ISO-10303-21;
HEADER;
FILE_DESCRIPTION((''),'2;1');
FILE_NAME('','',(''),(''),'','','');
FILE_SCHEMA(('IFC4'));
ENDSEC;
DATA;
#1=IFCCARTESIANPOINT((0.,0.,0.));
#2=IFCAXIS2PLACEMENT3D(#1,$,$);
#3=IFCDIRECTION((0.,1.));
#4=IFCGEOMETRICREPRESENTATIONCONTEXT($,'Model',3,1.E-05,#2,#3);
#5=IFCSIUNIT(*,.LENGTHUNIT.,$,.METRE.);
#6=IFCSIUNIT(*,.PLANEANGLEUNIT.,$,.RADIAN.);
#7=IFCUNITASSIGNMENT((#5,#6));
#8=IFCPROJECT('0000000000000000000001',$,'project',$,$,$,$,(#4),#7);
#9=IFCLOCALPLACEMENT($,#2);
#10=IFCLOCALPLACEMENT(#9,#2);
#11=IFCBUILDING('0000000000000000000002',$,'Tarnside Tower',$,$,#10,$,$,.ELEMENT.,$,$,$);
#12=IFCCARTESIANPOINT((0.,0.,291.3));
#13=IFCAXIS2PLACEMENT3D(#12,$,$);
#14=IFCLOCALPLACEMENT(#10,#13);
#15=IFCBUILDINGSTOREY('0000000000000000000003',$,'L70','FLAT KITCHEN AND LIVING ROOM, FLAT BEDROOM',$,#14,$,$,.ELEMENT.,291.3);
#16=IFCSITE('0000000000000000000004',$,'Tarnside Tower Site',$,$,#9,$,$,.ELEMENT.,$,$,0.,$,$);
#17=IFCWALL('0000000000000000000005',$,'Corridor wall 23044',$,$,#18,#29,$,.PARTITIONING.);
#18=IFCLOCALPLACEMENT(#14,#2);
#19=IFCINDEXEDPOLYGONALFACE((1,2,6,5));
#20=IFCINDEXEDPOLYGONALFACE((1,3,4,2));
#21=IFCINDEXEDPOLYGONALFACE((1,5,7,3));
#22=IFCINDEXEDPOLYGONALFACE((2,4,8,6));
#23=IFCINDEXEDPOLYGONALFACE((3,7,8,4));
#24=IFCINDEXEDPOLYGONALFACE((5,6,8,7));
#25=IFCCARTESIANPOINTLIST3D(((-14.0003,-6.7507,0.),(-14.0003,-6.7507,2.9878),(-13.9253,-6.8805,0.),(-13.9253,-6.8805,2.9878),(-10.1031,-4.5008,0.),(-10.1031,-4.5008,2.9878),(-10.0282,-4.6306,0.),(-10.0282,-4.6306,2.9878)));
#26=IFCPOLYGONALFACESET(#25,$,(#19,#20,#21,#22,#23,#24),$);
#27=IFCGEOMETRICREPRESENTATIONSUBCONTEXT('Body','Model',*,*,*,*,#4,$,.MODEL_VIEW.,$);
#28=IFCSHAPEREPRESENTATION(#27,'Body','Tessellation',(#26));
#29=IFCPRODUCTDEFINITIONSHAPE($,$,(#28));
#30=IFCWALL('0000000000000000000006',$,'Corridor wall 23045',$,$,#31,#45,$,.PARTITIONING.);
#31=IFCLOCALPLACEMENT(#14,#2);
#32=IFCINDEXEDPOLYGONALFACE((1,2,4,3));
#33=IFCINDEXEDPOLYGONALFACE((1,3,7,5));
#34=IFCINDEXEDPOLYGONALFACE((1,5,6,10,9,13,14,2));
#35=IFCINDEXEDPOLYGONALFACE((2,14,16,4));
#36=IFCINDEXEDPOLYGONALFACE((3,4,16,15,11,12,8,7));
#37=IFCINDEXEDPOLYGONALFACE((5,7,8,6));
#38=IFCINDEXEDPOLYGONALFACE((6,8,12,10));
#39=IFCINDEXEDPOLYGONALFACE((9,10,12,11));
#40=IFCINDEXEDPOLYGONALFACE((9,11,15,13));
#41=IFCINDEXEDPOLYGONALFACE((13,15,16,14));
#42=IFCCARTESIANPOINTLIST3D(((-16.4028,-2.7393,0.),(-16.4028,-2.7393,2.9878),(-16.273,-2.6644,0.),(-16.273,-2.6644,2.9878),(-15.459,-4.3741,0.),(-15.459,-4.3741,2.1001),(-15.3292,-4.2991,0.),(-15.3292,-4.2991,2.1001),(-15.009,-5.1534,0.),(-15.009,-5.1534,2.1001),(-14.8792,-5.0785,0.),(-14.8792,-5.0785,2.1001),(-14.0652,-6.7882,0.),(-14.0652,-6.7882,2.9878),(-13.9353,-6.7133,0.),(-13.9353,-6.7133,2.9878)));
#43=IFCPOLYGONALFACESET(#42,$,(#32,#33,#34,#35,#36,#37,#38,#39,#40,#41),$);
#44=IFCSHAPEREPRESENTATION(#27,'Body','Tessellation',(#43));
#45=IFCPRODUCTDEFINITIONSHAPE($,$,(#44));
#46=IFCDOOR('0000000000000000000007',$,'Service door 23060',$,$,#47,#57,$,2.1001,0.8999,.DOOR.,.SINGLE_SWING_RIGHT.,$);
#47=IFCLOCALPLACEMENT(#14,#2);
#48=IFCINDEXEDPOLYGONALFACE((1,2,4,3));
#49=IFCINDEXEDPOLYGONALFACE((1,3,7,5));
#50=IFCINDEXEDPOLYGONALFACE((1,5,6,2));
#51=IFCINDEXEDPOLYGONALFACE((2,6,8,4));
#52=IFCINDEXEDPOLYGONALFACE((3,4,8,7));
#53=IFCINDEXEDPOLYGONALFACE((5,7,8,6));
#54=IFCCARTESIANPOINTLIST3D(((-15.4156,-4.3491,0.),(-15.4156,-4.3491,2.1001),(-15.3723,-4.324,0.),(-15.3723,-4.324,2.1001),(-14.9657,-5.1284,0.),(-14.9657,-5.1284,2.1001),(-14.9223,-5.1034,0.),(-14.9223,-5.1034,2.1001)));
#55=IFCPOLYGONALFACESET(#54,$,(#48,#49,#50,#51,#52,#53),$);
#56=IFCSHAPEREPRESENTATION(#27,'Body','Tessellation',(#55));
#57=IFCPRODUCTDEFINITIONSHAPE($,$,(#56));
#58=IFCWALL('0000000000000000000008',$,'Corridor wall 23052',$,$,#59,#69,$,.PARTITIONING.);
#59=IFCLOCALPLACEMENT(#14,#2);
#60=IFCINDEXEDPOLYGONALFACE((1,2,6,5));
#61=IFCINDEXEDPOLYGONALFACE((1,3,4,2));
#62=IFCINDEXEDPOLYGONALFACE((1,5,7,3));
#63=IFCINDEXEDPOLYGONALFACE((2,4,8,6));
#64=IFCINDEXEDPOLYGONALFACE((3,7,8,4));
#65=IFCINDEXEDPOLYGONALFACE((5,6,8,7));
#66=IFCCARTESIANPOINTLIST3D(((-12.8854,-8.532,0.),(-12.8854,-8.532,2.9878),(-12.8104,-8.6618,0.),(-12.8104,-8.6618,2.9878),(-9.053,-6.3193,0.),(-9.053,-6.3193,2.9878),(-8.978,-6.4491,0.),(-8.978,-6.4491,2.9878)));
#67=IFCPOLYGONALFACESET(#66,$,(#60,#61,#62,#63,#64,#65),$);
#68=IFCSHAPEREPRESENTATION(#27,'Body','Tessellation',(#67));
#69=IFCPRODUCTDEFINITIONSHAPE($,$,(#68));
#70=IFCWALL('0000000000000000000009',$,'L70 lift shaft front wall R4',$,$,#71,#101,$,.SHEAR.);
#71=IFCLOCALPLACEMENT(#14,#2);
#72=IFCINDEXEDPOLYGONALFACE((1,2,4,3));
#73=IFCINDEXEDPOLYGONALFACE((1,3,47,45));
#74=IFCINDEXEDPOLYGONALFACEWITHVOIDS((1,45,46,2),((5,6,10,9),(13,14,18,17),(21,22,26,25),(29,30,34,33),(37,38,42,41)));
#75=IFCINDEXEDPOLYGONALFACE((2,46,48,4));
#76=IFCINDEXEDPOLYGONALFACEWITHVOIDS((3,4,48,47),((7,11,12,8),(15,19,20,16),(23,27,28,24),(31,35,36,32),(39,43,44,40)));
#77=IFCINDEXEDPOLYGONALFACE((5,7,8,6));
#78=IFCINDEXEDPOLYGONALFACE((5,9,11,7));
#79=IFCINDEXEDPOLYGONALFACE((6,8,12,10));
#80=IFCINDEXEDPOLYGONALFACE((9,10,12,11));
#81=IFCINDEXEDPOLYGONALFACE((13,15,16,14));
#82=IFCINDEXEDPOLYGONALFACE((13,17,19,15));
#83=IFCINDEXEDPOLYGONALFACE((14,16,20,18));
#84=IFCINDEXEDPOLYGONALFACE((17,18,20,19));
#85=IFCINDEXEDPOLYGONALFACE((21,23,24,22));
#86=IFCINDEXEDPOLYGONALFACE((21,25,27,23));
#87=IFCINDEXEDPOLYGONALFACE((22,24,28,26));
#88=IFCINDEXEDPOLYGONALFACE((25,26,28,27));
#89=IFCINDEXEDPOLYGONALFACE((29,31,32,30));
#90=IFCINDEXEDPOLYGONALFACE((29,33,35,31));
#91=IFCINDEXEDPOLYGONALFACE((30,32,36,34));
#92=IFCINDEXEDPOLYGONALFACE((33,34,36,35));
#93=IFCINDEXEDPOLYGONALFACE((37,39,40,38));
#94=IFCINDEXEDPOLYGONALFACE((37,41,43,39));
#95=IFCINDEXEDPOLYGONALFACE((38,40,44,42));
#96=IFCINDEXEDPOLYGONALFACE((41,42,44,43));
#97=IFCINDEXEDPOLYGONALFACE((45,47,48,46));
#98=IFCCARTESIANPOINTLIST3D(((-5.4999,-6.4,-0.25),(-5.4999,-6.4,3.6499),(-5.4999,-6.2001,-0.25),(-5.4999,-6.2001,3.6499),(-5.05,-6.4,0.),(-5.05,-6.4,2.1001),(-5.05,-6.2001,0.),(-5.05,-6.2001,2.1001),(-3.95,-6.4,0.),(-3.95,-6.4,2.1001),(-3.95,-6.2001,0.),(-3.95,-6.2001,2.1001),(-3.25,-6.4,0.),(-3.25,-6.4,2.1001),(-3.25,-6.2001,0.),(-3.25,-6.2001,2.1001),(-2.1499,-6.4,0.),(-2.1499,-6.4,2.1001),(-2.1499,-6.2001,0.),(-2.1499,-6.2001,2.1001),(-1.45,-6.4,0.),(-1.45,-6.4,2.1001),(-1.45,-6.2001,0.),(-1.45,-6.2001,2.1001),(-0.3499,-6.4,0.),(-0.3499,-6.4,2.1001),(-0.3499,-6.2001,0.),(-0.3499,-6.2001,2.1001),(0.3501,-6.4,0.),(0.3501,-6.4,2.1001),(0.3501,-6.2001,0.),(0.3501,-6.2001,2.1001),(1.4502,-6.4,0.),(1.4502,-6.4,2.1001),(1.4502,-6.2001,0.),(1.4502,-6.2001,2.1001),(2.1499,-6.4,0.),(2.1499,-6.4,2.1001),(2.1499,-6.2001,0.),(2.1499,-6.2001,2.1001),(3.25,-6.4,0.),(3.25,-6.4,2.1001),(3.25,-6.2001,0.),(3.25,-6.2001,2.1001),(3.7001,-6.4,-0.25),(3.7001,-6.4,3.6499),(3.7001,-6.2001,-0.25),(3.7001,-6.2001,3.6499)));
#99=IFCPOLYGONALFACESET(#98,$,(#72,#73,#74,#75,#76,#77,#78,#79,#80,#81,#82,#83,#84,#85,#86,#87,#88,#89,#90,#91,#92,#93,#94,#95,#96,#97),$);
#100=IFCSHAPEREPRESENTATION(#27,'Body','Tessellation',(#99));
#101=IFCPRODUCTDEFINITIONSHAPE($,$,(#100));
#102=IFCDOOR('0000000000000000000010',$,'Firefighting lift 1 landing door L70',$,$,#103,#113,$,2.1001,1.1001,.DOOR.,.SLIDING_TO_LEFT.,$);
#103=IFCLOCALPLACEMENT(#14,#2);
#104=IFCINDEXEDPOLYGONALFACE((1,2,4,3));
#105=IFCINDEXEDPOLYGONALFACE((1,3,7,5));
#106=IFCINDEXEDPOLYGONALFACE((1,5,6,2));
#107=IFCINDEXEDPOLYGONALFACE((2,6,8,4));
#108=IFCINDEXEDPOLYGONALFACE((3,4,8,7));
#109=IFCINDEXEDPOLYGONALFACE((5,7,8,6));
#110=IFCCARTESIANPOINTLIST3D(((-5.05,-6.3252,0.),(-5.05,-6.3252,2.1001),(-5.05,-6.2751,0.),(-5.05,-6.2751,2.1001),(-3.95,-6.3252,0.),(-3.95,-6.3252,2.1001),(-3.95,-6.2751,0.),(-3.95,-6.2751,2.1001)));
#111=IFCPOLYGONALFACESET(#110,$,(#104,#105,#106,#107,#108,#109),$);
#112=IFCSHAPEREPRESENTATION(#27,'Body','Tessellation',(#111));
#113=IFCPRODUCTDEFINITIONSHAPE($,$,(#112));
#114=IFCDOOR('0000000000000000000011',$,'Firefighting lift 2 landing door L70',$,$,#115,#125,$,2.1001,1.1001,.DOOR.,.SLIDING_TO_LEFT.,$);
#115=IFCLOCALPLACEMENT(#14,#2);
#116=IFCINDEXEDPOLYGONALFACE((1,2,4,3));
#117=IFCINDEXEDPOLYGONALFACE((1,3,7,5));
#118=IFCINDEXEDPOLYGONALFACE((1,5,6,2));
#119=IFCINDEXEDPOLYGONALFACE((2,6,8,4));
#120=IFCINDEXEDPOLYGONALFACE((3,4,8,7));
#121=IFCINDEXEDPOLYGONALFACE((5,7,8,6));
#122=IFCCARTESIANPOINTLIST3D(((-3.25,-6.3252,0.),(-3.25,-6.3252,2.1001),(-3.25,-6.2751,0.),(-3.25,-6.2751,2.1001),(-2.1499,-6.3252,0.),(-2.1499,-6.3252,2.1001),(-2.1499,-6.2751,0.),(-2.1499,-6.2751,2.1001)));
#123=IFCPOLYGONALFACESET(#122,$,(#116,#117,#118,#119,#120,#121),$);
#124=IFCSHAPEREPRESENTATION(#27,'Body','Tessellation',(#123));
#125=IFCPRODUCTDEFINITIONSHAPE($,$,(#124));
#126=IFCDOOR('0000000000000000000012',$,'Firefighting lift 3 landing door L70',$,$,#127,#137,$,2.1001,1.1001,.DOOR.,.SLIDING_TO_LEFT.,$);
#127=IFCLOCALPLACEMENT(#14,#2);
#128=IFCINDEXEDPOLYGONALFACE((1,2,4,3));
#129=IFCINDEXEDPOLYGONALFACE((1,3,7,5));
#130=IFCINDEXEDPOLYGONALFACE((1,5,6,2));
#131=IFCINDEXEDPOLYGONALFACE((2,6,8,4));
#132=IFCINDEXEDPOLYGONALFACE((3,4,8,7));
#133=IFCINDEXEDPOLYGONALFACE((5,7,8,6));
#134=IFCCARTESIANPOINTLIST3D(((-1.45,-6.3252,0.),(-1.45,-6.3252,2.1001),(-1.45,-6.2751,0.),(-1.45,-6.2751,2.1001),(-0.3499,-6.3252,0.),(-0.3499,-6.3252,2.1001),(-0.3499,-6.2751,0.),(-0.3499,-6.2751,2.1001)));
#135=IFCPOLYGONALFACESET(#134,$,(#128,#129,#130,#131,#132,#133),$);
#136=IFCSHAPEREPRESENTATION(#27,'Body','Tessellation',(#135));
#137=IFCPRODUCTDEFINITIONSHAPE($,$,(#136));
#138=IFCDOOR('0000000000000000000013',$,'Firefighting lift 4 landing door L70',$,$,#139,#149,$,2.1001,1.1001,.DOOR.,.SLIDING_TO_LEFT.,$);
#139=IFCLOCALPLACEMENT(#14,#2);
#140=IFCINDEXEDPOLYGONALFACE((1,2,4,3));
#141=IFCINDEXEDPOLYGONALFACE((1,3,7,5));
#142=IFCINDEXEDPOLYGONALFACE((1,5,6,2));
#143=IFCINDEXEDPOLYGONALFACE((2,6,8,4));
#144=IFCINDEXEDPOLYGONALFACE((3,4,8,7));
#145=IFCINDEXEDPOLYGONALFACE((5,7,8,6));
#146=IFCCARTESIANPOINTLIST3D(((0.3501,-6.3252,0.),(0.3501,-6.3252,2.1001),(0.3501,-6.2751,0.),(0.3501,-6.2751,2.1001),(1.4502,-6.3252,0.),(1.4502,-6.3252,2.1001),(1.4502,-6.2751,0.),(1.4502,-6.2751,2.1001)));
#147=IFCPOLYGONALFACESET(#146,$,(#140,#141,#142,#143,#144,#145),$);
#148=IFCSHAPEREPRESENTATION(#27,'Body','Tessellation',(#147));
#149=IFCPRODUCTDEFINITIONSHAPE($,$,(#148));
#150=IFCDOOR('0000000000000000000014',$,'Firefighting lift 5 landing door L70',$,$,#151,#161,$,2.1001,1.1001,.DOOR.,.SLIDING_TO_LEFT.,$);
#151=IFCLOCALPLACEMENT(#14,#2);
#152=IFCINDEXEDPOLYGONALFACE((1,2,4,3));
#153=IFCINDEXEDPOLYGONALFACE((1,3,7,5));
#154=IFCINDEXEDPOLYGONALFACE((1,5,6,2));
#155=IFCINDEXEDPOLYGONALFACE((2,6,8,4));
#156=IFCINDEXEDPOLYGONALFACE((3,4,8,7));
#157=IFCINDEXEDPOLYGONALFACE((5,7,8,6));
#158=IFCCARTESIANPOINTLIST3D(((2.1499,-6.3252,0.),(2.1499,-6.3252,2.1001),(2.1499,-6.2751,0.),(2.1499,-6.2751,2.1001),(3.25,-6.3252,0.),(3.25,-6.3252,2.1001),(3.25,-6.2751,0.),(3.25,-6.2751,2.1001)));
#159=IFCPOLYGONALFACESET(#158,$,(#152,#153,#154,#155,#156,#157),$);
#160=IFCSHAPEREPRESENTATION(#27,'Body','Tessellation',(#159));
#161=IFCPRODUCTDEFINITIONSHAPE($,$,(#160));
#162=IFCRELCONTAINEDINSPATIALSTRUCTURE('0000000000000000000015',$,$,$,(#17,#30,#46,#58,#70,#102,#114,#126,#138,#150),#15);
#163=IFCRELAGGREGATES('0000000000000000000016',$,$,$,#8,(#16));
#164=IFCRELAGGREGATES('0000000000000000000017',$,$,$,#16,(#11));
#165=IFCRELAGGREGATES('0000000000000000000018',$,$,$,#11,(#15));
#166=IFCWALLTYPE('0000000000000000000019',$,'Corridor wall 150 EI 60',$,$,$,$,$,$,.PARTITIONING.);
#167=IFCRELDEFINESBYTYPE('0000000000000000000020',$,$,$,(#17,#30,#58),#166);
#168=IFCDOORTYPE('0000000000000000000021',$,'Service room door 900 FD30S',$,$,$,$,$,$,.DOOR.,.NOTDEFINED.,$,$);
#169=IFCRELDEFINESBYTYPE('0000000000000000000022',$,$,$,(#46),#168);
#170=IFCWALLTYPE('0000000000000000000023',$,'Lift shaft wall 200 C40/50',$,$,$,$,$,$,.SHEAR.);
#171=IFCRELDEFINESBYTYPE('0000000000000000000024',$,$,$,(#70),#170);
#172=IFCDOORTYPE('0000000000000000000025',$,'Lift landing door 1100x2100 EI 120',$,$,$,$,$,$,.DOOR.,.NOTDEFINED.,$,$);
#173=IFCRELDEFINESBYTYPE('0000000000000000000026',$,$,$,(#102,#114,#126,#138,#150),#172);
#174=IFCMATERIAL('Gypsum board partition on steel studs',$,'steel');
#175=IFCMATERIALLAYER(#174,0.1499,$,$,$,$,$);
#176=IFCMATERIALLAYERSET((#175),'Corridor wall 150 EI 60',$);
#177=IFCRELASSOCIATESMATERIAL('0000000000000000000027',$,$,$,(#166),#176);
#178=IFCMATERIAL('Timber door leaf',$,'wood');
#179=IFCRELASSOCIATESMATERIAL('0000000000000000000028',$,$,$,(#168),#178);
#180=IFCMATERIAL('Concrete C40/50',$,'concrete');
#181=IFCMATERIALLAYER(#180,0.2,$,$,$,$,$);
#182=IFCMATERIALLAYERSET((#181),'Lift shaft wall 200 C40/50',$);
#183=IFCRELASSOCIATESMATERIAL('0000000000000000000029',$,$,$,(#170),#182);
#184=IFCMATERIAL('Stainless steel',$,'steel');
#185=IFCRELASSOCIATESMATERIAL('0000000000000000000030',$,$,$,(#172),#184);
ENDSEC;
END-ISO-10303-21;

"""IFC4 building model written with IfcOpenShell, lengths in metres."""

from ifc_helpers import new_model, si_unit, direction, frame, frame_2d, origin, place, context, subcontext, project, spatial, rectangle, extrude, material, layer, layer_set, type_object, element, fill, save


model = new_model("IFC4")

# Units and contexts
model_context = context("Model", 3, precision=1e-05, world=origin(), true_north=direction((0.0, 1.0)))
body_context = subcontext(model_context, "Body", "Model", "MODEL_VIEW")
ifc_project = project(units=[si_unit("LENGTHUNIT", "METRE"), si_unit("PLANEANGLEUNIT", "RADIAN")], contexts=[model_context])

# Site, building, storey
site_placement = place(None, origin())
site = spatial("IfcSite", under=ifc_project, at=site_placement, Name="Tarnside Tower Site", CompositionType="ELEMENT", RefElevation=0.0)
building_placement = place(site_placement, origin())
building = spatial("IfcBuilding", under=site, at=building_placement, Name="Tarnside Tower", CompositionType="ELEMENT")
storey_placement = place(building_placement, frame((0.0, 0.0, 291.3)))
storey = spatial("IfcBuildingStorey", under=building, at=storey_placement, Name="L70", Description="FLAT KITCHEN AND LIVING ROOM, FLAT BEDROOM", CompositionType="ELEMENT", Elevation=291.3)

# Wall
ifc_material_1 = material(Name="Gypsum board partition on steel studs", Category="steel")
ifc_layer_1 = layer(ifc_material_1, 0.1499)
ifc_layer_set_1 = layer_set([ifc_layer_1], Name="Corridor wall 150 EI 60")
wall_type_1 = type_object("IfcWallType", Name="Corridor wall 150 EI 60", PredefinedType="PARTITIONING", material=ifc_layer_set_1)
wall_1_placement = place(storey_placement, frame((-10.0657, -4.5657, 0.0), z_axis=(0.0, 0.0, 1.0), x_axis=(-0.866031, -0.49999, 0.0)))
element("IfcWall", 1, at=wall_1_placement, inside=storey, type_object=wall_type_1, Name="Corridor wall 23044", PredefinedType="PARTITIONING", context=body_context, shape_type="SweptSolid", body=[
    extrude(rectangle(XDim=4.5, YDim=0.1499, at=frame_2d((2.25, 0.0))), origin(), (0.0, 0.0, 1.0), 2.9878),
])

# Wall, opening, door
wall_2_placement = place(storey_placement, frame((-14.0002, -6.7507, 0.0), z_axis=(0.0, 0.0, 1.0), x_axis=(-0.500009, 0.86602, 0.0)))
wall_2 = element("IfcWall", 2, at=wall_2_placement, inside=storey, type_object=wall_type_1, Name="Corridor wall 23045", PredefinedType="PARTITIONING", context=body_context, shape_type="SweptSolid", body=[
    extrude(rectangle(XDim=4.6753, YDim=0.1499, at=frame_2d((2.3376, 0.0))), origin(), (0.0, 0.0, 1.0), 2.9878),
])
opening_1_placement = place(wall_2_placement, frame((1.8877, 0.0, 0.0)))
opening_1 = element("IfcOpeningElement", 3, at=opening_1_placement, cuts=wall_2, PredefinedType="OPENING", context=body_context, shape_type="SweptSolid", body=[
    extrude(rectangle(XDim=0.8999, YDim=2.1001, at=frame_2d((0.45, 1.05))), frame((0.0, 0.085, 0.0), z_axis=(0.0, -1.0, 0.0), x_axis=(1.0, 0.0, 0.0)), (0.0, 0.0, 1.0), 0.1699),
])
ifc_material_2 = material(Name="Timber door leaf", Category="wood")
door_type_1 = type_object("IfcDoorType", Name="Service room door 900 FD30S", OperationType="NOTDEFINED", PredefinedType="DOOR", material=ifc_material_2)
door_1_placement = place(opening_1_placement, origin())
door_1 = element("IfcDoor", 4, at=door_1_placement, inside=storey, type_object=door_type_1, Name="Service door 23060", OperationType="SINGLE_SWING_RIGHT", OverallHeight=2.1001, OverallWidth=0.8999, PredefinedType="DOOR", context=body_context, shape_type="SweptSolid", body=[
    extrude(rectangle(XDim=0.8999, YDim=2.1001, at=frame_2d((0.45, 1.05))), frame((0.0, 0.0249, 0.0), z_axis=(0.0, -1.0, 0.0), x_axis=(1.0, 0.0, 0.0)), (0.0, 0.0, 1.0), 0.05),
])
fill(opening_1, door_1)

# Wall
wall_3_placement = place(storey_placement, frame((-12.8479, -8.5969, 0.0), z_axis=(0.0, 0.0, 1.0), x_axis=(0.866017, 0.500014, 0.0)))
element("IfcWall", 5, at=wall_3_placement, inside=storey, type_object=wall_type_1, Name="Corridor wall 23052", PredefinedType="PARTITIONING", context=body_context, shape_type="SweptSolid", body=[
    extrude(rectangle(XDim=4.4253, YDim=0.1499, at=frame_2d((2.2126, 0.0))), origin(), (0.0, 0.0, 1.0), 2.9878),
])

# Wall, openings, doors
ifc_material_3 = material(Name="Concrete C40/50", Category="concrete")
ifc_layer_2 = layer(ifc_material_3, 0.2)
ifc_layer_set_2 = layer_set([ifc_layer_2], Name="Lift shaft wall 200 C40/50")
wall_type_2 = type_object("IfcWallType", Name="Lift shaft wall 200 C40/50", PredefinedType="SHEAR", material=ifc_layer_set_2)
wall_4_placement = place(storey_placement, frame((-5.5, -6.3, -0.25), z_axis=(0.0, 0.0, 1.0), x_axis=(1.0, 0.0, 0.0)))
wall_4 = element("IfcWall", 6, at=wall_4_placement, inside=storey, type_object=wall_type_2, Name="L70 lift shaft front wall R4", PredefinedType="SHEAR", context=body_context, shape_type="SweptSolid", body=[
    extrude(rectangle(XDim=9.2, YDim=0.2, at=frame_2d((4.6001, 0.0))), origin(), (0.0, 0.0, 1.0), 3.8999),
])
opening_2_placement = place(wall_4_placement, frame((0.45, 0.0, 0.25)))
opening_2 = element("IfcOpeningElement", 7, at=opening_2_placement, cuts=wall_4, PredefinedType="OPENING", context=body_context, shape_type="SweptSolid", body=[
    extrude(rectangle(XDim=1.1001, YDim=2.1001, at=frame_2d((0.55, 1.05))), frame((0.0, 0.1099, 0.0), z_axis=(0.0, -1.0, 0.0), x_axis=(1.0, 0.0, 0.0)), (0.0, 0.0, 1.0), 0.22),
])
opening_3_placement = place(wall_4_placement, frame((2.25, 0.0, 0.25)))
opening_3 = element("IfcOpeningElement", 8, at=opening_3_placement, cuts=wall_4, PredefinedType="OPENING", context=body_context, shape_type="SweptSolid", body=[
    extrude(rectangle(XDim=1.1001, YDim=2.1001, at=frame_2d((0.55, 1.05))), frame((0.0, 0.1099, 0.0), z_axis=(0.0, -1.0, 0.0), x_axis=(1.0, 0.0, 0.0)), (0.0, 0.0, 1.0), 0.22),
])
opening_4_placement = place(wall_4_placement, frame((4.05, 0.0, 0.25)))
opening_4 = element("IfcOpeningElement", 9, at=opening_4_placement, cuts=wall_4, PredefinedType="OPENING", context=body_context, shape_type="SweptSolid", body=[
    extrude(rectangle(XDim=1.1001, YDim=2.1001, at=frame_2d((0.55, 1.05))), frame((0.0, 0.1099, 0.0), z_axis=(0.0, -1.0, 0.0), x_axis=(1.0, 0.0, 0.0)), (0.0, 0.0, 1.0), 0.22),
])
opening_5_placement = place(wall_4_placement, frame((5.8501, 0.0, 0.25)))
opening_5 = element("IfcOpeningElement", 10, at=opening_5_placement, cuts=wall_4, PredefinedType="OPENING", context=body_context, shape_type="SweptSolid", body=[
    extrude(rectangle(XDim=1.1001, YDim=2.1001, at=frame_2d((0.55, 1.05))), frame((0.0, 0.1099, 0.0), z_axis=(0.0, -1.0, 0.0), x_axis=(1.0, 0.0, 0.0)), (0.0, 0.0, 1.0), 0.22),
])
opening_6_placement = place(wall_4_placement, frame((7.6499, 0.0, 0.25)))
opening_6 = element("IfcOpeningElement", 11, at=opening_6_placement, cuts=wall_4, PredefinedType="OPENING", context=body_context, shape_type="SweptSolid", body=[
    extrude(rectangle(XDim=1.1001, YDim=2.1001, at=frame_2d((0.55, 1.05))), frame((0.0, 0.1099, 0.0), z_axis=(0.0, -1.0, 0.0), x_axis=(1.0, 0.0, 0.0)), (0.0, 0.0, 1.0), 0.22),
])
ifc_material_4 = material(Name="Stainless steel", Category="steel")
door_type_2 = type_object("IfcDoorType", Name="Lift landing door 1100x2100 EI 120", OperationType="NOTDEFINED", PredefinedType="DOOR", material=ifc_material_4)
door_2_placement = place(opening_2_placement, origin())
door_2 = element("IfcDoor", 12, at=door_2_placement, inside=storey, type_object=door_type_2, Name="Firefighting lift 1 landing door L70", OperationType="SLIDING_TO_LEFT", OverallHeight=2.1001, OverallWidth=1.1001, PredefinedType="DOOR", context=body_context, shape_type="SweptSolid", body=[
    extrude(rectangle(XDim=1.1001, YDim=2.1001, at=frame_2d((0.55, 1.05))), frame((0.0, 0.0249, 0.0), z_axis=(0.0, -1.0, 0.0), x_axis=(1.0, 0.0, 0.0)), (0.0, 0.0, 1.0), 0.05),
])
fill(opening_2, door_2)
door_3_placement = place(opening_3_placement, origin())
door_3 = element("IfcDoor", 13, at=door_3_placement, inside=storey, type_object=door_type_2, Name="Firefighting lift 2 landing door L70", OperationType="SLIDING_TO_LEFT", OverallHeight=2.1001, OverallWidth=1.1001, PredefinedType="DOOR", context=body_context, shape_type="SweptSolid", body=[
    extrude(rectangle(XDim=1.1001, YDim=2.1001, at=frame_2d((0.55, 1.05))), frame((0.0, 0.0249, 0.0), z_axis=(0.0, -1.0, 0.0), x_axis=(1.0, 0.0, 0.0)), (0.0, 0.0, 1.0), 0.05),
])
fill(opening_3, door_3)
door_4_placement = place(opening_4_placement, origin())
door_4 = element("IfcDoor", 14, at=door_4_placement, inside=storey, type_object=door_type_2, Name="Firefighting lift 3 landing door L70", OperationType="SLIDING_TO_LEFT", OverallHeight=2.1001, OverallWidth=1.1001, PredefinedType="DOOR", context=body_context, shape_type="SweptSolid", body=[
    extrude(rectangle(XDim=1.1001, YDim=2.1001, at=frame_2d((0.55, 1.05))), frame((0.0, 0.0249, 0.0), z_axis=(0.0, -1.0, 0.0), x_axis=(1.0, 0.0, 0.0)), (0.0, 0.0, 1.0), 0.05),
])
fill(opening_4, door_4)
door_5_placement = place(opening_5_placement, origin())
door_5 = element("IfcDoor", 15, at=door_5_placement, inside=storey, type_object=door_type_2, Name="Firefighting lift 4 landing door L70", OperationType="SLIDING_TO_LEFT", OverallHeight=2.1001, OverallWidth=1.1001, PredefinedType="DOOR", context=body_context, shape_type="SweptSolid", body=[
    extrude(rectangle(XDim=1.1001, YDim=2.1001, at=frame_2d((0.55, 1.05))), frame((0.0, 0.0249, 0.0), z_axis=(0.0, -1.0, 0.0), x_axis=(1.0, 0.0, 0.0)), (0.0, 0.0, 1.0), 0.05),
])
fill(opening_5, door_5)
door_6_placement = place(opening_6_placement, origin())
door_6 = element("IfcDoor", 16, at=door_6_placement, inside=storey, type_object=door_type_2, Name="Firefighting lift 5 landing door L70", OperationType="SLIDING_TO_LEFT", OverallHeight=2.1001, OverallWidth=1.1001, PredefinedType="DOOR", context=body_context, shape_type="SweptSolid", body=[
    extrude(rectangle(XDim=1.1001, YDim=2.1001, at=frame_2d((0.55, 1.05))), frame((0.0, 0.0249, 0.0), z_axis=(0.0, -1.0, 0.0), x_axis=(1.0, 0.0, 0.0)), (0.0, 0.0, 1.0), 0.05),
])
fill(opening_6, door_6)

save(model, "model.ifc")
